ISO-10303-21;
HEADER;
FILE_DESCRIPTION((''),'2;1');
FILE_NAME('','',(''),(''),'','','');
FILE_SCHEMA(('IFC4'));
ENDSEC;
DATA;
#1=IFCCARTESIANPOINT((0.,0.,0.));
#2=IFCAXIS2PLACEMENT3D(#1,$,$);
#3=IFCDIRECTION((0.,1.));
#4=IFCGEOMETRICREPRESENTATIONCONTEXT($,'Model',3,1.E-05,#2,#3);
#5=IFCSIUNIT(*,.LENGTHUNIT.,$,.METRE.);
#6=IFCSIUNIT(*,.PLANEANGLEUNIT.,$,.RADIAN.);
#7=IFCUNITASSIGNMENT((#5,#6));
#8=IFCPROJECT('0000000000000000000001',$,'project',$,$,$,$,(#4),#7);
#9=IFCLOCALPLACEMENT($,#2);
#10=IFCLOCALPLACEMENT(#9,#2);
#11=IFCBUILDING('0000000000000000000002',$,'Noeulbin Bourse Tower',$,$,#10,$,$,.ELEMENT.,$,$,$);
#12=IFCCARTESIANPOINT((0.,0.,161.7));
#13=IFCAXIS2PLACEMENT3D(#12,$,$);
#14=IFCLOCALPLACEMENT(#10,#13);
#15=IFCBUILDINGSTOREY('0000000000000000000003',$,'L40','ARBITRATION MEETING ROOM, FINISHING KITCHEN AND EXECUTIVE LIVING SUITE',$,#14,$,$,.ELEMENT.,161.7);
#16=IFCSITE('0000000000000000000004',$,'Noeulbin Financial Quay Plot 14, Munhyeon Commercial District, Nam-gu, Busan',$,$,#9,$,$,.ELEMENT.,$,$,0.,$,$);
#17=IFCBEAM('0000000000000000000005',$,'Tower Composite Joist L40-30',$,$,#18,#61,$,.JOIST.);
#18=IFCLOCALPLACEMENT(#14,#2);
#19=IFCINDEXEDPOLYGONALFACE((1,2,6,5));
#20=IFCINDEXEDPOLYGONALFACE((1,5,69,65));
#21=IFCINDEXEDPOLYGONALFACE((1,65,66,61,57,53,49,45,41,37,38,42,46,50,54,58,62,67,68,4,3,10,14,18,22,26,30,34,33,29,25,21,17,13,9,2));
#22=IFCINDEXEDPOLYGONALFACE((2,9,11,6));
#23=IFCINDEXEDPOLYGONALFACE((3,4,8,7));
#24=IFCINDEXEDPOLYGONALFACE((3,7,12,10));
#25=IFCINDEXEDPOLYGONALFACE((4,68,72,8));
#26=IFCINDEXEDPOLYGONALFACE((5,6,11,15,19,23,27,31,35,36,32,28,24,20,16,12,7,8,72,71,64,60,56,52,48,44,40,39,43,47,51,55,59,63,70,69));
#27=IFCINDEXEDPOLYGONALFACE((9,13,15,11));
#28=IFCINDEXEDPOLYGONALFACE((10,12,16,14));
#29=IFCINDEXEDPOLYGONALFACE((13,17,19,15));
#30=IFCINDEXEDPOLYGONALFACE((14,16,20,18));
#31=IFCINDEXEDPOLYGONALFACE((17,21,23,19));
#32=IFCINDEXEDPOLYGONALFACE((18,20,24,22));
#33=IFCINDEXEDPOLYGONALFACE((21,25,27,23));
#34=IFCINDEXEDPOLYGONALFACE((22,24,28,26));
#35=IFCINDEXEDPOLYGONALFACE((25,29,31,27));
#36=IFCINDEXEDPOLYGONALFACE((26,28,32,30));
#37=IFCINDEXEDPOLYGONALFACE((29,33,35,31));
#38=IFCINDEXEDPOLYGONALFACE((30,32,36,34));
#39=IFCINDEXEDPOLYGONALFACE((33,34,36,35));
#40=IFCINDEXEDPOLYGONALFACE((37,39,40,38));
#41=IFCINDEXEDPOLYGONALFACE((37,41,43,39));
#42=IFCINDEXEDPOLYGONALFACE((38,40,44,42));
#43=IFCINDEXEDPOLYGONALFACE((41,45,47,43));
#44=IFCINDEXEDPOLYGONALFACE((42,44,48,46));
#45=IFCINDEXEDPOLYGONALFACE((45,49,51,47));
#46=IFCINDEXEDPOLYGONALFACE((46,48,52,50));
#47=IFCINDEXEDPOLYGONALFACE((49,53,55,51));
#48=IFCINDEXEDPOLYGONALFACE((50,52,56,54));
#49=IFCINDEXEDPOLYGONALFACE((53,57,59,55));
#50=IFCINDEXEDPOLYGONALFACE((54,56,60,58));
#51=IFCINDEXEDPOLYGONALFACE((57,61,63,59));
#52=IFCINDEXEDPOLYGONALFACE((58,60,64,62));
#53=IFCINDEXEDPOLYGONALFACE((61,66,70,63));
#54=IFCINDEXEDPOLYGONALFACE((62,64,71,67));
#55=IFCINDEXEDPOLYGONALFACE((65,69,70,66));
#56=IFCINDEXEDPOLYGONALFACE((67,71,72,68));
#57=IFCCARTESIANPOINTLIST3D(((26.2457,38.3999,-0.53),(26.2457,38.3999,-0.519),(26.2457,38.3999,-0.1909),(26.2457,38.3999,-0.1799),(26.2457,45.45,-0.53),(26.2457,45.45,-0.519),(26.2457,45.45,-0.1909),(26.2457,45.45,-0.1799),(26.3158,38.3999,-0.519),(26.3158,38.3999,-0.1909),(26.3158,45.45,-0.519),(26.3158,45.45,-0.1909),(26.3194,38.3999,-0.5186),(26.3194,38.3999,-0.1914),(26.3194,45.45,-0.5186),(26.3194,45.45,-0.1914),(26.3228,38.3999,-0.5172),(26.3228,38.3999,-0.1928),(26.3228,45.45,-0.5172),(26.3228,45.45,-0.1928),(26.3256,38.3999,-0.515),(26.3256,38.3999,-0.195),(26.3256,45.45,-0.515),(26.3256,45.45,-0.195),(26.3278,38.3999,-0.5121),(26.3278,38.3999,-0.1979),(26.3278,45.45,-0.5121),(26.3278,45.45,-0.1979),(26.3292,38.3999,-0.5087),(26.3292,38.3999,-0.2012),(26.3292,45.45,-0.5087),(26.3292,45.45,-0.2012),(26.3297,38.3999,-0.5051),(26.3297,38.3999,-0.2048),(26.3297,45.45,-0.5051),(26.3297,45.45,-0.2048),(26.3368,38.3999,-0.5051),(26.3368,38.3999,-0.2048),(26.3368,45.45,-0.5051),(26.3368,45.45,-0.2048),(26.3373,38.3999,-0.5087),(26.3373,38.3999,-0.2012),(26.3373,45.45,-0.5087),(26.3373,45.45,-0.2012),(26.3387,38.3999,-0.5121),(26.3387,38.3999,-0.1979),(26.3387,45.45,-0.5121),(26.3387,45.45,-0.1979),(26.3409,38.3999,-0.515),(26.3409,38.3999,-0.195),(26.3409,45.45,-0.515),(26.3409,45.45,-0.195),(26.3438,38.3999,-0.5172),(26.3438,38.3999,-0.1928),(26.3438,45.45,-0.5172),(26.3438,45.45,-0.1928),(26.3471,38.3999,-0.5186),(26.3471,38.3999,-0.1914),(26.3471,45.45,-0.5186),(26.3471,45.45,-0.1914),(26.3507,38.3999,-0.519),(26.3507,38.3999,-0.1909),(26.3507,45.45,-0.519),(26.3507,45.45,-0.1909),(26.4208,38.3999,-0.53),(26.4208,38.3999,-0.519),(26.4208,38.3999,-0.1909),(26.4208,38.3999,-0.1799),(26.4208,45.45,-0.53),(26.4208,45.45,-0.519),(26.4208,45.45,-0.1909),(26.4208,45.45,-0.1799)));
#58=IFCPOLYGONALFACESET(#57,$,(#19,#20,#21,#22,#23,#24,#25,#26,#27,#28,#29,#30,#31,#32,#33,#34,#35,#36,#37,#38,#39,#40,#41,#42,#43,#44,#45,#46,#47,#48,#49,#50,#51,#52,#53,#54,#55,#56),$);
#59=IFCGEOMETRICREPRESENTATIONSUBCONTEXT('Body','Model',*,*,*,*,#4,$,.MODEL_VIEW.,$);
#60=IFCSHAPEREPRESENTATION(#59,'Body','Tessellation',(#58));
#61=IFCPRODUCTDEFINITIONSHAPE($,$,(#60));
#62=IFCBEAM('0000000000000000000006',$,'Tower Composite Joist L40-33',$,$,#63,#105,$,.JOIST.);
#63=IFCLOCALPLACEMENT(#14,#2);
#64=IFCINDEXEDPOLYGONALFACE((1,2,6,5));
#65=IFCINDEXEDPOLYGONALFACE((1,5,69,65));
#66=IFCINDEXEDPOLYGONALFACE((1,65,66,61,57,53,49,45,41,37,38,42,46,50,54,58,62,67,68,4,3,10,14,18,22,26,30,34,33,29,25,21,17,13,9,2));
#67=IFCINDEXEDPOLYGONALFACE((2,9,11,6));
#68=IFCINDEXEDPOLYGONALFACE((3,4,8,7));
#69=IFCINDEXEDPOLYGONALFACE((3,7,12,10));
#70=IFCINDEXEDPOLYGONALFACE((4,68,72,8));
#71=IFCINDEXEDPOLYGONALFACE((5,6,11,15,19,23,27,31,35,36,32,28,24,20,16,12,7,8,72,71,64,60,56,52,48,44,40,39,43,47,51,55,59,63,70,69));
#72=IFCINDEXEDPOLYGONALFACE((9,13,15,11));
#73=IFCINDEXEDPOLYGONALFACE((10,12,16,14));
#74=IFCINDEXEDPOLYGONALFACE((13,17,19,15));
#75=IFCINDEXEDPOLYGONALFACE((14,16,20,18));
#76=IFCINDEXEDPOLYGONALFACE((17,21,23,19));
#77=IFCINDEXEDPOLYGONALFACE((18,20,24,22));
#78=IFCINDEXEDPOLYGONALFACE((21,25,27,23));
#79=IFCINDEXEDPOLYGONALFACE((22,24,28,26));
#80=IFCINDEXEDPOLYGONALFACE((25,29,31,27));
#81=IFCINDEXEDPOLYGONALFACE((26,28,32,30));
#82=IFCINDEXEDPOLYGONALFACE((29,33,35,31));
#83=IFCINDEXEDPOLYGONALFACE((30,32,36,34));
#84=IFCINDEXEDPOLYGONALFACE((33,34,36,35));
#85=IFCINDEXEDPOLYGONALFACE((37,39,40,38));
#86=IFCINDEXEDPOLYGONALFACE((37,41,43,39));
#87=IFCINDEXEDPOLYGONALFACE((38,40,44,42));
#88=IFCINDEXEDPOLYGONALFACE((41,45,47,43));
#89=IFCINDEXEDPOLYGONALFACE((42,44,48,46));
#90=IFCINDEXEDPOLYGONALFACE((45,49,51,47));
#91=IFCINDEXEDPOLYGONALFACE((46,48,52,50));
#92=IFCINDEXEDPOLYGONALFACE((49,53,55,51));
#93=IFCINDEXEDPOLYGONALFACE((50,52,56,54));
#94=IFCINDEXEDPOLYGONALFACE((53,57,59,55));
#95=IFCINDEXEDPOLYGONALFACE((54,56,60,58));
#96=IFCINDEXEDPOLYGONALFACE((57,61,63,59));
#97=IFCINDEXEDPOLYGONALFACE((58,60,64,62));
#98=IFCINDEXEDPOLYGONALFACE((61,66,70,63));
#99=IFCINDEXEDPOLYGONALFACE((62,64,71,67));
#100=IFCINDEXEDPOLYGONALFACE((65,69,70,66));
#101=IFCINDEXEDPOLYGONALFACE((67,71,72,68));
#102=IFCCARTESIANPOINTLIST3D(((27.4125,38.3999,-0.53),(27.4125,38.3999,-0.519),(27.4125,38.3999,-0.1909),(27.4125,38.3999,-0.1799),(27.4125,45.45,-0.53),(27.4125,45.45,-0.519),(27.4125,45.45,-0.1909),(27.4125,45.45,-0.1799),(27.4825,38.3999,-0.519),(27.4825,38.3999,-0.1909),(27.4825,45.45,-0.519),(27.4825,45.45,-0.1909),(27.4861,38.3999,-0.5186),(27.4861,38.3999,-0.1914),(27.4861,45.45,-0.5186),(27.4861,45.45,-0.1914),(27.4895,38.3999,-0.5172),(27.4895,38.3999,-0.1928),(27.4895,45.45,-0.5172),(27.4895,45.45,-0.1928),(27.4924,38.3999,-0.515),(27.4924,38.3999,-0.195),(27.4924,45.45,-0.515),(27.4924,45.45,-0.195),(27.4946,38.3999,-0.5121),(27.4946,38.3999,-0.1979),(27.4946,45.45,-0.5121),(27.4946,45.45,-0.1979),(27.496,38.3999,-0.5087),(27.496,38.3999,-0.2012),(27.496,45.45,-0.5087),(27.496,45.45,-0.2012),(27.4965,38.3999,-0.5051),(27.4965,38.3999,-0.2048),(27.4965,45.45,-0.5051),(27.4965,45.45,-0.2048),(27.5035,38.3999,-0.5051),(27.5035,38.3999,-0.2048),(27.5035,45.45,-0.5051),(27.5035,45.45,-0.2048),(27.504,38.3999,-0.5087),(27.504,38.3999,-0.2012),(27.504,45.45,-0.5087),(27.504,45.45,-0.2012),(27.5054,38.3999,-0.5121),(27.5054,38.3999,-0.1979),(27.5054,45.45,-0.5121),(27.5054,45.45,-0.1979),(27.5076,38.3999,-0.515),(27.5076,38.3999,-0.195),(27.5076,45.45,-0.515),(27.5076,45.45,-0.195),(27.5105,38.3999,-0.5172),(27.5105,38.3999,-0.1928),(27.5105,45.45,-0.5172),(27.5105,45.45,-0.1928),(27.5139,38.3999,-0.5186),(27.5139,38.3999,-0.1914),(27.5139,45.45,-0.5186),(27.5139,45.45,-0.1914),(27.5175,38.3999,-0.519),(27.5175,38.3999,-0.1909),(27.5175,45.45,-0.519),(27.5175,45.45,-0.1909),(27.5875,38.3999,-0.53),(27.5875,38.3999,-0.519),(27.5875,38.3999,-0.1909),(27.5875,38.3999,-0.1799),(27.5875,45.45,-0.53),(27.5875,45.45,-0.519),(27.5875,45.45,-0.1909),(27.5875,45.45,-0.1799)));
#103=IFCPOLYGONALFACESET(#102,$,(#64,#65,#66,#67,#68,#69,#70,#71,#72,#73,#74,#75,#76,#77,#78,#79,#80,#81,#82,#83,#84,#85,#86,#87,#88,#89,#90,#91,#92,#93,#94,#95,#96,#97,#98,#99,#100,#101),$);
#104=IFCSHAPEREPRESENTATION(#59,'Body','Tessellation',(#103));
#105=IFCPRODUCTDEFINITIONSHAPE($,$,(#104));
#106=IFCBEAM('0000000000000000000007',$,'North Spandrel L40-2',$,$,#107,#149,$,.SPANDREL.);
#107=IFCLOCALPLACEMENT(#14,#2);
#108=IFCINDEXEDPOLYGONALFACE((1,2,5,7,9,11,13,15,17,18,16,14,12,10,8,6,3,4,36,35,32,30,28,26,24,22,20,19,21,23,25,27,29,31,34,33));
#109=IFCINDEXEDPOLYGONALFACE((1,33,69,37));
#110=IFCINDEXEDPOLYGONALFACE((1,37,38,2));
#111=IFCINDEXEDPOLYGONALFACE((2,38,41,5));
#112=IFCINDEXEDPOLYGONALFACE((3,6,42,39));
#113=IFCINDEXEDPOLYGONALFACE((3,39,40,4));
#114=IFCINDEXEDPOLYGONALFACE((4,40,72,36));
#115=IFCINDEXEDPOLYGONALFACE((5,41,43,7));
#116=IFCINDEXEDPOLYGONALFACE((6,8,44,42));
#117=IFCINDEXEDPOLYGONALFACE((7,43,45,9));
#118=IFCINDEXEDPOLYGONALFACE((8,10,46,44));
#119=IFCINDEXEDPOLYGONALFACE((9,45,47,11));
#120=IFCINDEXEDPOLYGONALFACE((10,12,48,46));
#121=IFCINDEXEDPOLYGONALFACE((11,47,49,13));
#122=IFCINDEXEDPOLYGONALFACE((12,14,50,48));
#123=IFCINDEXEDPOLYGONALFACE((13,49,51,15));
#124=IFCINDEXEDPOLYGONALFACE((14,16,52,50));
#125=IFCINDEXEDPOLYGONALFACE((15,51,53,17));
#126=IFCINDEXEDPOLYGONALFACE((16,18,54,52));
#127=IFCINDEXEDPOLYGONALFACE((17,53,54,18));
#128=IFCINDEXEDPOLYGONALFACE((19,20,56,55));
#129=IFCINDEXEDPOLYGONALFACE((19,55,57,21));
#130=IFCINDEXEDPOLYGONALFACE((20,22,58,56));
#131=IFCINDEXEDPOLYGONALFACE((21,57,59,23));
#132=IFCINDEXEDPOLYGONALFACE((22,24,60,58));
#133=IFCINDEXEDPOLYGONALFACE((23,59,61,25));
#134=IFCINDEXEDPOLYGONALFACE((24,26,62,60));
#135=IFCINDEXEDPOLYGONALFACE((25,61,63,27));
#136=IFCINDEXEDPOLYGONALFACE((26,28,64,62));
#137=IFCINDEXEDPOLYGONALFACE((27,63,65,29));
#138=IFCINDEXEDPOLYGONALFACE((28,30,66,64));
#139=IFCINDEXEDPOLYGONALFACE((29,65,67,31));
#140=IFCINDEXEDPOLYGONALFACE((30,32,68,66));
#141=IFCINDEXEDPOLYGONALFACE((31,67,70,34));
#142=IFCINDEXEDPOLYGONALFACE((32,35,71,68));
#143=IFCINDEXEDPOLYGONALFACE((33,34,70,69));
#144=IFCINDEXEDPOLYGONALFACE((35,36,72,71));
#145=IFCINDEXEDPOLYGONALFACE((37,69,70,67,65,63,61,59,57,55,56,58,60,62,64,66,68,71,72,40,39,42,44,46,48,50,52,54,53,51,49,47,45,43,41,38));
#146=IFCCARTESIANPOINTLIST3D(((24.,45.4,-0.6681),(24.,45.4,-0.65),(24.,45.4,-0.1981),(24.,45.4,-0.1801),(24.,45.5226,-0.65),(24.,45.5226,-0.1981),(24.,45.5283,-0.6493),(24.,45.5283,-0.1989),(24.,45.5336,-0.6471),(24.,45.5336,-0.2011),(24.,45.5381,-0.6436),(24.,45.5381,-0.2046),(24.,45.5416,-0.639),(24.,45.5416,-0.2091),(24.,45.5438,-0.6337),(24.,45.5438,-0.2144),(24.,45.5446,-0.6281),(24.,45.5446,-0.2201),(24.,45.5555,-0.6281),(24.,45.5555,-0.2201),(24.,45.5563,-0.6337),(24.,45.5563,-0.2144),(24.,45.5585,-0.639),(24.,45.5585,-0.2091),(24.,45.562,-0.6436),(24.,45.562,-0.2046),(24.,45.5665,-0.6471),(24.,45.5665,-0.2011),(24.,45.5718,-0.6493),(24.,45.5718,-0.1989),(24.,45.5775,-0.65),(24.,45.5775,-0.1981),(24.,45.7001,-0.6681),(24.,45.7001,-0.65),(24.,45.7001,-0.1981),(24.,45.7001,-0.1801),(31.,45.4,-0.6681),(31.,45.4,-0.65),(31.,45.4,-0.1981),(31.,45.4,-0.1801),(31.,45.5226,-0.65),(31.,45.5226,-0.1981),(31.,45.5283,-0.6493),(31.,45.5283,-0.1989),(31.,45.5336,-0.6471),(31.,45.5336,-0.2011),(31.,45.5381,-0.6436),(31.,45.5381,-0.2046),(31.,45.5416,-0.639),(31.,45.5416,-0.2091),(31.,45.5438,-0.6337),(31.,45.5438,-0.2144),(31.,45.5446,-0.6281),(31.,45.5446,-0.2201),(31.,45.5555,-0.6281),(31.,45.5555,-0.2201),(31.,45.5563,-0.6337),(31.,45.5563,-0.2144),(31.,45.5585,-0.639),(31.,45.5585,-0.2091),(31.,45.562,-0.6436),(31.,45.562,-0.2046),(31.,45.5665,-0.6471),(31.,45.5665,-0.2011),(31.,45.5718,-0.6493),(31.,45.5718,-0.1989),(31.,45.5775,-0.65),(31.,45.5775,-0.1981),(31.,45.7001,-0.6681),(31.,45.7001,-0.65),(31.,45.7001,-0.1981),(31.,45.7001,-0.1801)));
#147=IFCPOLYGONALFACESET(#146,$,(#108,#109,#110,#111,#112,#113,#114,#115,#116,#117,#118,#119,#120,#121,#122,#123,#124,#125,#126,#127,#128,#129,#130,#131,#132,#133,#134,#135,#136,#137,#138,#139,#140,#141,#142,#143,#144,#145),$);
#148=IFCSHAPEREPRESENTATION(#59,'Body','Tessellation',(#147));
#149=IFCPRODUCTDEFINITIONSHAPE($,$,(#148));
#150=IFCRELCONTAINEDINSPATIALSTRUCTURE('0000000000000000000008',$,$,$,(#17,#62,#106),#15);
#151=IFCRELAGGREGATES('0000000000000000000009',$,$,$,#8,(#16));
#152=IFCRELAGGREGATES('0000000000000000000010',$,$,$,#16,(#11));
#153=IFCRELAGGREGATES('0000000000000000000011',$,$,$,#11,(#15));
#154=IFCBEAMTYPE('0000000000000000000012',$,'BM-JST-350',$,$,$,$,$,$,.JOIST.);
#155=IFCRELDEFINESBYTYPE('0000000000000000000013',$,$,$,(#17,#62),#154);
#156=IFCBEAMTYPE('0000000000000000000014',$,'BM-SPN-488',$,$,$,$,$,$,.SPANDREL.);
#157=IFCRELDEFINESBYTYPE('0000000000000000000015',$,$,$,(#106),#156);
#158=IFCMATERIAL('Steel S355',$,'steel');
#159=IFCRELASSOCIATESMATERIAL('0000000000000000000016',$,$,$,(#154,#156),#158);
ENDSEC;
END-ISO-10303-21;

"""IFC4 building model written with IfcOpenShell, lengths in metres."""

from ifc_helpers import new_model, si_unit, direction, frame, origin, origin_2d, place, context, subcontext, project, spatial, i_section, extrude, material, material_profile, profile_set, type_object, element, save


model = new_model("IFC4")

# Units and contexts
model_context = context("Model", 3, precision=1e-05, world=origin(), true_north=direction((0.0, 1.0)))
body_context = subcontext(model_context, "Body", "Model", "MODEL_VIEW")
ifc_project = project(units=[si_unit("LENGTHUNIT", "METRE"), si_unit("PLANEANGLEUNIT", "RADIAN")], contexts=[model_context])

# Site, building, storey
site_placement = place(None, origin())
site = spatial("IfcSite", under=ifc_project, at=site_placement, Name="Noeulbin Financial Quay Plot 14, Munhyeon Commercial District, Nam-gu, Busan", CompositionType="ELEMENT", RefElevation=0.0)
building_placement = place(site_placement, origin())
building = spatial("IfcBuilding", under=site, at=building_placement, Name="Noeulbin Bourse Tower", CompositionType="ELEMENT")
storey_placement = place(building_placement, frame((0.0, 0.0, 161.7)))
storey = spatial("IfcBuildingStorey", under=building, at=storey_placement, Name="L40", Description="ARBITRATION MEETING ROOM, FINISHING KITCHEN AND EXECUTIVE LIVING SUITE", CompositionType="ELEMENT", Elevation=161.7)

# Shared definitions
ifc_material_1 = material(Name="Steel S355", Category="steel")

# Beams
ifc_material_profile_1 = material_profile(ifc_material_1, i_section(OverallWidth=0.175, OverallDepth=0.3501, WebThickness=0.0071, FlangeThickness=0.011, FilletRadius=0.0139, at=origin_2d()), Name="H-350x175x7x11", Category="LoadBearing")
ifc_profile_set_1 = profile_set([ifc_material_profile_1], Name="Steel S355")
beam_type_1 = type_object("IfcBeamType", Name="BM-JST-350", PredefinedType="JOIST", material=ifc_profile_set_1)
for number, where, z_axis, x_axis, name in (
    (1, (26.3333, 38.3999, -0.355), (0.0, 1.0, 0.0), (-1.0, 0.0, 0.0), "Tower Composite Joist L40-30"),
    (2, (27.5, 38.3999, -0.355), (0.0, 1.0, 0.0), (-1.0, 0.0, 0.0), "Tower Composite Joist L40-33"),
):
    element("IfcBeam", number, at=place(storey_placement, frame(where, z_axis=z_axis, x_axis=x_axis)), inside=storey, type_object=beam_type_1, Name=name, PredefinedType="JOIST", context=body_context, shape_type="SweptSolid", body=[
        extrude(i_section(OverallWidth=0.175, OverallDepth=0.3501, WebThickness=0.0071, FlangeThickness=0.011, FilletRadius=0.0139, at=origin_2d()), origin(), (0.0, 0.0, 1.0), 7.05),
    ])
ifc_material_profile_2 = material_profile(ifc_material_1, i_section(OverallWidth=0.3, OverallDepth=0.488, WebThickness=0.011, FlangeThickness=0.0181, FilletRadius=0.022, at=origin_2d()), Name="H-488x300x11x18", Category="LoadBearing")
ifc_profile_set_2 = profile_set([ifc_material_profile_2], Name="Steel S355")
beam_type_2 = type_object("IfcBeamType", Name="BM-SPN-488", PredefinedType="SPANDREL", material=ifc_profile_set_2)
beam_1_placement = place(storey_placement, frame((24.0, 45.55, -0.4241), z_axis=(1.0, 0.0, 0.0), x_axis=(0.0, 1.0, 0.0)))
element("IfcBeam", 3, at=beam_1_placement, inside=storey, type_object=beam_type_2, Name="North Spandrel L40-2", PredefinedType="SPANDREL", context=body_context, shape_type="SweptSolid", body=[
    extrude(i_section(OverallWidth=0.3, OverallDepth=0.488, WebThickness=0.011, FlangeThickness=0.0181, FilletRadius=0.022, at=origin_2d()), origin(), (0.0, 0.0, 1.0), 7.0),
])

save(model, "model.ifc")
